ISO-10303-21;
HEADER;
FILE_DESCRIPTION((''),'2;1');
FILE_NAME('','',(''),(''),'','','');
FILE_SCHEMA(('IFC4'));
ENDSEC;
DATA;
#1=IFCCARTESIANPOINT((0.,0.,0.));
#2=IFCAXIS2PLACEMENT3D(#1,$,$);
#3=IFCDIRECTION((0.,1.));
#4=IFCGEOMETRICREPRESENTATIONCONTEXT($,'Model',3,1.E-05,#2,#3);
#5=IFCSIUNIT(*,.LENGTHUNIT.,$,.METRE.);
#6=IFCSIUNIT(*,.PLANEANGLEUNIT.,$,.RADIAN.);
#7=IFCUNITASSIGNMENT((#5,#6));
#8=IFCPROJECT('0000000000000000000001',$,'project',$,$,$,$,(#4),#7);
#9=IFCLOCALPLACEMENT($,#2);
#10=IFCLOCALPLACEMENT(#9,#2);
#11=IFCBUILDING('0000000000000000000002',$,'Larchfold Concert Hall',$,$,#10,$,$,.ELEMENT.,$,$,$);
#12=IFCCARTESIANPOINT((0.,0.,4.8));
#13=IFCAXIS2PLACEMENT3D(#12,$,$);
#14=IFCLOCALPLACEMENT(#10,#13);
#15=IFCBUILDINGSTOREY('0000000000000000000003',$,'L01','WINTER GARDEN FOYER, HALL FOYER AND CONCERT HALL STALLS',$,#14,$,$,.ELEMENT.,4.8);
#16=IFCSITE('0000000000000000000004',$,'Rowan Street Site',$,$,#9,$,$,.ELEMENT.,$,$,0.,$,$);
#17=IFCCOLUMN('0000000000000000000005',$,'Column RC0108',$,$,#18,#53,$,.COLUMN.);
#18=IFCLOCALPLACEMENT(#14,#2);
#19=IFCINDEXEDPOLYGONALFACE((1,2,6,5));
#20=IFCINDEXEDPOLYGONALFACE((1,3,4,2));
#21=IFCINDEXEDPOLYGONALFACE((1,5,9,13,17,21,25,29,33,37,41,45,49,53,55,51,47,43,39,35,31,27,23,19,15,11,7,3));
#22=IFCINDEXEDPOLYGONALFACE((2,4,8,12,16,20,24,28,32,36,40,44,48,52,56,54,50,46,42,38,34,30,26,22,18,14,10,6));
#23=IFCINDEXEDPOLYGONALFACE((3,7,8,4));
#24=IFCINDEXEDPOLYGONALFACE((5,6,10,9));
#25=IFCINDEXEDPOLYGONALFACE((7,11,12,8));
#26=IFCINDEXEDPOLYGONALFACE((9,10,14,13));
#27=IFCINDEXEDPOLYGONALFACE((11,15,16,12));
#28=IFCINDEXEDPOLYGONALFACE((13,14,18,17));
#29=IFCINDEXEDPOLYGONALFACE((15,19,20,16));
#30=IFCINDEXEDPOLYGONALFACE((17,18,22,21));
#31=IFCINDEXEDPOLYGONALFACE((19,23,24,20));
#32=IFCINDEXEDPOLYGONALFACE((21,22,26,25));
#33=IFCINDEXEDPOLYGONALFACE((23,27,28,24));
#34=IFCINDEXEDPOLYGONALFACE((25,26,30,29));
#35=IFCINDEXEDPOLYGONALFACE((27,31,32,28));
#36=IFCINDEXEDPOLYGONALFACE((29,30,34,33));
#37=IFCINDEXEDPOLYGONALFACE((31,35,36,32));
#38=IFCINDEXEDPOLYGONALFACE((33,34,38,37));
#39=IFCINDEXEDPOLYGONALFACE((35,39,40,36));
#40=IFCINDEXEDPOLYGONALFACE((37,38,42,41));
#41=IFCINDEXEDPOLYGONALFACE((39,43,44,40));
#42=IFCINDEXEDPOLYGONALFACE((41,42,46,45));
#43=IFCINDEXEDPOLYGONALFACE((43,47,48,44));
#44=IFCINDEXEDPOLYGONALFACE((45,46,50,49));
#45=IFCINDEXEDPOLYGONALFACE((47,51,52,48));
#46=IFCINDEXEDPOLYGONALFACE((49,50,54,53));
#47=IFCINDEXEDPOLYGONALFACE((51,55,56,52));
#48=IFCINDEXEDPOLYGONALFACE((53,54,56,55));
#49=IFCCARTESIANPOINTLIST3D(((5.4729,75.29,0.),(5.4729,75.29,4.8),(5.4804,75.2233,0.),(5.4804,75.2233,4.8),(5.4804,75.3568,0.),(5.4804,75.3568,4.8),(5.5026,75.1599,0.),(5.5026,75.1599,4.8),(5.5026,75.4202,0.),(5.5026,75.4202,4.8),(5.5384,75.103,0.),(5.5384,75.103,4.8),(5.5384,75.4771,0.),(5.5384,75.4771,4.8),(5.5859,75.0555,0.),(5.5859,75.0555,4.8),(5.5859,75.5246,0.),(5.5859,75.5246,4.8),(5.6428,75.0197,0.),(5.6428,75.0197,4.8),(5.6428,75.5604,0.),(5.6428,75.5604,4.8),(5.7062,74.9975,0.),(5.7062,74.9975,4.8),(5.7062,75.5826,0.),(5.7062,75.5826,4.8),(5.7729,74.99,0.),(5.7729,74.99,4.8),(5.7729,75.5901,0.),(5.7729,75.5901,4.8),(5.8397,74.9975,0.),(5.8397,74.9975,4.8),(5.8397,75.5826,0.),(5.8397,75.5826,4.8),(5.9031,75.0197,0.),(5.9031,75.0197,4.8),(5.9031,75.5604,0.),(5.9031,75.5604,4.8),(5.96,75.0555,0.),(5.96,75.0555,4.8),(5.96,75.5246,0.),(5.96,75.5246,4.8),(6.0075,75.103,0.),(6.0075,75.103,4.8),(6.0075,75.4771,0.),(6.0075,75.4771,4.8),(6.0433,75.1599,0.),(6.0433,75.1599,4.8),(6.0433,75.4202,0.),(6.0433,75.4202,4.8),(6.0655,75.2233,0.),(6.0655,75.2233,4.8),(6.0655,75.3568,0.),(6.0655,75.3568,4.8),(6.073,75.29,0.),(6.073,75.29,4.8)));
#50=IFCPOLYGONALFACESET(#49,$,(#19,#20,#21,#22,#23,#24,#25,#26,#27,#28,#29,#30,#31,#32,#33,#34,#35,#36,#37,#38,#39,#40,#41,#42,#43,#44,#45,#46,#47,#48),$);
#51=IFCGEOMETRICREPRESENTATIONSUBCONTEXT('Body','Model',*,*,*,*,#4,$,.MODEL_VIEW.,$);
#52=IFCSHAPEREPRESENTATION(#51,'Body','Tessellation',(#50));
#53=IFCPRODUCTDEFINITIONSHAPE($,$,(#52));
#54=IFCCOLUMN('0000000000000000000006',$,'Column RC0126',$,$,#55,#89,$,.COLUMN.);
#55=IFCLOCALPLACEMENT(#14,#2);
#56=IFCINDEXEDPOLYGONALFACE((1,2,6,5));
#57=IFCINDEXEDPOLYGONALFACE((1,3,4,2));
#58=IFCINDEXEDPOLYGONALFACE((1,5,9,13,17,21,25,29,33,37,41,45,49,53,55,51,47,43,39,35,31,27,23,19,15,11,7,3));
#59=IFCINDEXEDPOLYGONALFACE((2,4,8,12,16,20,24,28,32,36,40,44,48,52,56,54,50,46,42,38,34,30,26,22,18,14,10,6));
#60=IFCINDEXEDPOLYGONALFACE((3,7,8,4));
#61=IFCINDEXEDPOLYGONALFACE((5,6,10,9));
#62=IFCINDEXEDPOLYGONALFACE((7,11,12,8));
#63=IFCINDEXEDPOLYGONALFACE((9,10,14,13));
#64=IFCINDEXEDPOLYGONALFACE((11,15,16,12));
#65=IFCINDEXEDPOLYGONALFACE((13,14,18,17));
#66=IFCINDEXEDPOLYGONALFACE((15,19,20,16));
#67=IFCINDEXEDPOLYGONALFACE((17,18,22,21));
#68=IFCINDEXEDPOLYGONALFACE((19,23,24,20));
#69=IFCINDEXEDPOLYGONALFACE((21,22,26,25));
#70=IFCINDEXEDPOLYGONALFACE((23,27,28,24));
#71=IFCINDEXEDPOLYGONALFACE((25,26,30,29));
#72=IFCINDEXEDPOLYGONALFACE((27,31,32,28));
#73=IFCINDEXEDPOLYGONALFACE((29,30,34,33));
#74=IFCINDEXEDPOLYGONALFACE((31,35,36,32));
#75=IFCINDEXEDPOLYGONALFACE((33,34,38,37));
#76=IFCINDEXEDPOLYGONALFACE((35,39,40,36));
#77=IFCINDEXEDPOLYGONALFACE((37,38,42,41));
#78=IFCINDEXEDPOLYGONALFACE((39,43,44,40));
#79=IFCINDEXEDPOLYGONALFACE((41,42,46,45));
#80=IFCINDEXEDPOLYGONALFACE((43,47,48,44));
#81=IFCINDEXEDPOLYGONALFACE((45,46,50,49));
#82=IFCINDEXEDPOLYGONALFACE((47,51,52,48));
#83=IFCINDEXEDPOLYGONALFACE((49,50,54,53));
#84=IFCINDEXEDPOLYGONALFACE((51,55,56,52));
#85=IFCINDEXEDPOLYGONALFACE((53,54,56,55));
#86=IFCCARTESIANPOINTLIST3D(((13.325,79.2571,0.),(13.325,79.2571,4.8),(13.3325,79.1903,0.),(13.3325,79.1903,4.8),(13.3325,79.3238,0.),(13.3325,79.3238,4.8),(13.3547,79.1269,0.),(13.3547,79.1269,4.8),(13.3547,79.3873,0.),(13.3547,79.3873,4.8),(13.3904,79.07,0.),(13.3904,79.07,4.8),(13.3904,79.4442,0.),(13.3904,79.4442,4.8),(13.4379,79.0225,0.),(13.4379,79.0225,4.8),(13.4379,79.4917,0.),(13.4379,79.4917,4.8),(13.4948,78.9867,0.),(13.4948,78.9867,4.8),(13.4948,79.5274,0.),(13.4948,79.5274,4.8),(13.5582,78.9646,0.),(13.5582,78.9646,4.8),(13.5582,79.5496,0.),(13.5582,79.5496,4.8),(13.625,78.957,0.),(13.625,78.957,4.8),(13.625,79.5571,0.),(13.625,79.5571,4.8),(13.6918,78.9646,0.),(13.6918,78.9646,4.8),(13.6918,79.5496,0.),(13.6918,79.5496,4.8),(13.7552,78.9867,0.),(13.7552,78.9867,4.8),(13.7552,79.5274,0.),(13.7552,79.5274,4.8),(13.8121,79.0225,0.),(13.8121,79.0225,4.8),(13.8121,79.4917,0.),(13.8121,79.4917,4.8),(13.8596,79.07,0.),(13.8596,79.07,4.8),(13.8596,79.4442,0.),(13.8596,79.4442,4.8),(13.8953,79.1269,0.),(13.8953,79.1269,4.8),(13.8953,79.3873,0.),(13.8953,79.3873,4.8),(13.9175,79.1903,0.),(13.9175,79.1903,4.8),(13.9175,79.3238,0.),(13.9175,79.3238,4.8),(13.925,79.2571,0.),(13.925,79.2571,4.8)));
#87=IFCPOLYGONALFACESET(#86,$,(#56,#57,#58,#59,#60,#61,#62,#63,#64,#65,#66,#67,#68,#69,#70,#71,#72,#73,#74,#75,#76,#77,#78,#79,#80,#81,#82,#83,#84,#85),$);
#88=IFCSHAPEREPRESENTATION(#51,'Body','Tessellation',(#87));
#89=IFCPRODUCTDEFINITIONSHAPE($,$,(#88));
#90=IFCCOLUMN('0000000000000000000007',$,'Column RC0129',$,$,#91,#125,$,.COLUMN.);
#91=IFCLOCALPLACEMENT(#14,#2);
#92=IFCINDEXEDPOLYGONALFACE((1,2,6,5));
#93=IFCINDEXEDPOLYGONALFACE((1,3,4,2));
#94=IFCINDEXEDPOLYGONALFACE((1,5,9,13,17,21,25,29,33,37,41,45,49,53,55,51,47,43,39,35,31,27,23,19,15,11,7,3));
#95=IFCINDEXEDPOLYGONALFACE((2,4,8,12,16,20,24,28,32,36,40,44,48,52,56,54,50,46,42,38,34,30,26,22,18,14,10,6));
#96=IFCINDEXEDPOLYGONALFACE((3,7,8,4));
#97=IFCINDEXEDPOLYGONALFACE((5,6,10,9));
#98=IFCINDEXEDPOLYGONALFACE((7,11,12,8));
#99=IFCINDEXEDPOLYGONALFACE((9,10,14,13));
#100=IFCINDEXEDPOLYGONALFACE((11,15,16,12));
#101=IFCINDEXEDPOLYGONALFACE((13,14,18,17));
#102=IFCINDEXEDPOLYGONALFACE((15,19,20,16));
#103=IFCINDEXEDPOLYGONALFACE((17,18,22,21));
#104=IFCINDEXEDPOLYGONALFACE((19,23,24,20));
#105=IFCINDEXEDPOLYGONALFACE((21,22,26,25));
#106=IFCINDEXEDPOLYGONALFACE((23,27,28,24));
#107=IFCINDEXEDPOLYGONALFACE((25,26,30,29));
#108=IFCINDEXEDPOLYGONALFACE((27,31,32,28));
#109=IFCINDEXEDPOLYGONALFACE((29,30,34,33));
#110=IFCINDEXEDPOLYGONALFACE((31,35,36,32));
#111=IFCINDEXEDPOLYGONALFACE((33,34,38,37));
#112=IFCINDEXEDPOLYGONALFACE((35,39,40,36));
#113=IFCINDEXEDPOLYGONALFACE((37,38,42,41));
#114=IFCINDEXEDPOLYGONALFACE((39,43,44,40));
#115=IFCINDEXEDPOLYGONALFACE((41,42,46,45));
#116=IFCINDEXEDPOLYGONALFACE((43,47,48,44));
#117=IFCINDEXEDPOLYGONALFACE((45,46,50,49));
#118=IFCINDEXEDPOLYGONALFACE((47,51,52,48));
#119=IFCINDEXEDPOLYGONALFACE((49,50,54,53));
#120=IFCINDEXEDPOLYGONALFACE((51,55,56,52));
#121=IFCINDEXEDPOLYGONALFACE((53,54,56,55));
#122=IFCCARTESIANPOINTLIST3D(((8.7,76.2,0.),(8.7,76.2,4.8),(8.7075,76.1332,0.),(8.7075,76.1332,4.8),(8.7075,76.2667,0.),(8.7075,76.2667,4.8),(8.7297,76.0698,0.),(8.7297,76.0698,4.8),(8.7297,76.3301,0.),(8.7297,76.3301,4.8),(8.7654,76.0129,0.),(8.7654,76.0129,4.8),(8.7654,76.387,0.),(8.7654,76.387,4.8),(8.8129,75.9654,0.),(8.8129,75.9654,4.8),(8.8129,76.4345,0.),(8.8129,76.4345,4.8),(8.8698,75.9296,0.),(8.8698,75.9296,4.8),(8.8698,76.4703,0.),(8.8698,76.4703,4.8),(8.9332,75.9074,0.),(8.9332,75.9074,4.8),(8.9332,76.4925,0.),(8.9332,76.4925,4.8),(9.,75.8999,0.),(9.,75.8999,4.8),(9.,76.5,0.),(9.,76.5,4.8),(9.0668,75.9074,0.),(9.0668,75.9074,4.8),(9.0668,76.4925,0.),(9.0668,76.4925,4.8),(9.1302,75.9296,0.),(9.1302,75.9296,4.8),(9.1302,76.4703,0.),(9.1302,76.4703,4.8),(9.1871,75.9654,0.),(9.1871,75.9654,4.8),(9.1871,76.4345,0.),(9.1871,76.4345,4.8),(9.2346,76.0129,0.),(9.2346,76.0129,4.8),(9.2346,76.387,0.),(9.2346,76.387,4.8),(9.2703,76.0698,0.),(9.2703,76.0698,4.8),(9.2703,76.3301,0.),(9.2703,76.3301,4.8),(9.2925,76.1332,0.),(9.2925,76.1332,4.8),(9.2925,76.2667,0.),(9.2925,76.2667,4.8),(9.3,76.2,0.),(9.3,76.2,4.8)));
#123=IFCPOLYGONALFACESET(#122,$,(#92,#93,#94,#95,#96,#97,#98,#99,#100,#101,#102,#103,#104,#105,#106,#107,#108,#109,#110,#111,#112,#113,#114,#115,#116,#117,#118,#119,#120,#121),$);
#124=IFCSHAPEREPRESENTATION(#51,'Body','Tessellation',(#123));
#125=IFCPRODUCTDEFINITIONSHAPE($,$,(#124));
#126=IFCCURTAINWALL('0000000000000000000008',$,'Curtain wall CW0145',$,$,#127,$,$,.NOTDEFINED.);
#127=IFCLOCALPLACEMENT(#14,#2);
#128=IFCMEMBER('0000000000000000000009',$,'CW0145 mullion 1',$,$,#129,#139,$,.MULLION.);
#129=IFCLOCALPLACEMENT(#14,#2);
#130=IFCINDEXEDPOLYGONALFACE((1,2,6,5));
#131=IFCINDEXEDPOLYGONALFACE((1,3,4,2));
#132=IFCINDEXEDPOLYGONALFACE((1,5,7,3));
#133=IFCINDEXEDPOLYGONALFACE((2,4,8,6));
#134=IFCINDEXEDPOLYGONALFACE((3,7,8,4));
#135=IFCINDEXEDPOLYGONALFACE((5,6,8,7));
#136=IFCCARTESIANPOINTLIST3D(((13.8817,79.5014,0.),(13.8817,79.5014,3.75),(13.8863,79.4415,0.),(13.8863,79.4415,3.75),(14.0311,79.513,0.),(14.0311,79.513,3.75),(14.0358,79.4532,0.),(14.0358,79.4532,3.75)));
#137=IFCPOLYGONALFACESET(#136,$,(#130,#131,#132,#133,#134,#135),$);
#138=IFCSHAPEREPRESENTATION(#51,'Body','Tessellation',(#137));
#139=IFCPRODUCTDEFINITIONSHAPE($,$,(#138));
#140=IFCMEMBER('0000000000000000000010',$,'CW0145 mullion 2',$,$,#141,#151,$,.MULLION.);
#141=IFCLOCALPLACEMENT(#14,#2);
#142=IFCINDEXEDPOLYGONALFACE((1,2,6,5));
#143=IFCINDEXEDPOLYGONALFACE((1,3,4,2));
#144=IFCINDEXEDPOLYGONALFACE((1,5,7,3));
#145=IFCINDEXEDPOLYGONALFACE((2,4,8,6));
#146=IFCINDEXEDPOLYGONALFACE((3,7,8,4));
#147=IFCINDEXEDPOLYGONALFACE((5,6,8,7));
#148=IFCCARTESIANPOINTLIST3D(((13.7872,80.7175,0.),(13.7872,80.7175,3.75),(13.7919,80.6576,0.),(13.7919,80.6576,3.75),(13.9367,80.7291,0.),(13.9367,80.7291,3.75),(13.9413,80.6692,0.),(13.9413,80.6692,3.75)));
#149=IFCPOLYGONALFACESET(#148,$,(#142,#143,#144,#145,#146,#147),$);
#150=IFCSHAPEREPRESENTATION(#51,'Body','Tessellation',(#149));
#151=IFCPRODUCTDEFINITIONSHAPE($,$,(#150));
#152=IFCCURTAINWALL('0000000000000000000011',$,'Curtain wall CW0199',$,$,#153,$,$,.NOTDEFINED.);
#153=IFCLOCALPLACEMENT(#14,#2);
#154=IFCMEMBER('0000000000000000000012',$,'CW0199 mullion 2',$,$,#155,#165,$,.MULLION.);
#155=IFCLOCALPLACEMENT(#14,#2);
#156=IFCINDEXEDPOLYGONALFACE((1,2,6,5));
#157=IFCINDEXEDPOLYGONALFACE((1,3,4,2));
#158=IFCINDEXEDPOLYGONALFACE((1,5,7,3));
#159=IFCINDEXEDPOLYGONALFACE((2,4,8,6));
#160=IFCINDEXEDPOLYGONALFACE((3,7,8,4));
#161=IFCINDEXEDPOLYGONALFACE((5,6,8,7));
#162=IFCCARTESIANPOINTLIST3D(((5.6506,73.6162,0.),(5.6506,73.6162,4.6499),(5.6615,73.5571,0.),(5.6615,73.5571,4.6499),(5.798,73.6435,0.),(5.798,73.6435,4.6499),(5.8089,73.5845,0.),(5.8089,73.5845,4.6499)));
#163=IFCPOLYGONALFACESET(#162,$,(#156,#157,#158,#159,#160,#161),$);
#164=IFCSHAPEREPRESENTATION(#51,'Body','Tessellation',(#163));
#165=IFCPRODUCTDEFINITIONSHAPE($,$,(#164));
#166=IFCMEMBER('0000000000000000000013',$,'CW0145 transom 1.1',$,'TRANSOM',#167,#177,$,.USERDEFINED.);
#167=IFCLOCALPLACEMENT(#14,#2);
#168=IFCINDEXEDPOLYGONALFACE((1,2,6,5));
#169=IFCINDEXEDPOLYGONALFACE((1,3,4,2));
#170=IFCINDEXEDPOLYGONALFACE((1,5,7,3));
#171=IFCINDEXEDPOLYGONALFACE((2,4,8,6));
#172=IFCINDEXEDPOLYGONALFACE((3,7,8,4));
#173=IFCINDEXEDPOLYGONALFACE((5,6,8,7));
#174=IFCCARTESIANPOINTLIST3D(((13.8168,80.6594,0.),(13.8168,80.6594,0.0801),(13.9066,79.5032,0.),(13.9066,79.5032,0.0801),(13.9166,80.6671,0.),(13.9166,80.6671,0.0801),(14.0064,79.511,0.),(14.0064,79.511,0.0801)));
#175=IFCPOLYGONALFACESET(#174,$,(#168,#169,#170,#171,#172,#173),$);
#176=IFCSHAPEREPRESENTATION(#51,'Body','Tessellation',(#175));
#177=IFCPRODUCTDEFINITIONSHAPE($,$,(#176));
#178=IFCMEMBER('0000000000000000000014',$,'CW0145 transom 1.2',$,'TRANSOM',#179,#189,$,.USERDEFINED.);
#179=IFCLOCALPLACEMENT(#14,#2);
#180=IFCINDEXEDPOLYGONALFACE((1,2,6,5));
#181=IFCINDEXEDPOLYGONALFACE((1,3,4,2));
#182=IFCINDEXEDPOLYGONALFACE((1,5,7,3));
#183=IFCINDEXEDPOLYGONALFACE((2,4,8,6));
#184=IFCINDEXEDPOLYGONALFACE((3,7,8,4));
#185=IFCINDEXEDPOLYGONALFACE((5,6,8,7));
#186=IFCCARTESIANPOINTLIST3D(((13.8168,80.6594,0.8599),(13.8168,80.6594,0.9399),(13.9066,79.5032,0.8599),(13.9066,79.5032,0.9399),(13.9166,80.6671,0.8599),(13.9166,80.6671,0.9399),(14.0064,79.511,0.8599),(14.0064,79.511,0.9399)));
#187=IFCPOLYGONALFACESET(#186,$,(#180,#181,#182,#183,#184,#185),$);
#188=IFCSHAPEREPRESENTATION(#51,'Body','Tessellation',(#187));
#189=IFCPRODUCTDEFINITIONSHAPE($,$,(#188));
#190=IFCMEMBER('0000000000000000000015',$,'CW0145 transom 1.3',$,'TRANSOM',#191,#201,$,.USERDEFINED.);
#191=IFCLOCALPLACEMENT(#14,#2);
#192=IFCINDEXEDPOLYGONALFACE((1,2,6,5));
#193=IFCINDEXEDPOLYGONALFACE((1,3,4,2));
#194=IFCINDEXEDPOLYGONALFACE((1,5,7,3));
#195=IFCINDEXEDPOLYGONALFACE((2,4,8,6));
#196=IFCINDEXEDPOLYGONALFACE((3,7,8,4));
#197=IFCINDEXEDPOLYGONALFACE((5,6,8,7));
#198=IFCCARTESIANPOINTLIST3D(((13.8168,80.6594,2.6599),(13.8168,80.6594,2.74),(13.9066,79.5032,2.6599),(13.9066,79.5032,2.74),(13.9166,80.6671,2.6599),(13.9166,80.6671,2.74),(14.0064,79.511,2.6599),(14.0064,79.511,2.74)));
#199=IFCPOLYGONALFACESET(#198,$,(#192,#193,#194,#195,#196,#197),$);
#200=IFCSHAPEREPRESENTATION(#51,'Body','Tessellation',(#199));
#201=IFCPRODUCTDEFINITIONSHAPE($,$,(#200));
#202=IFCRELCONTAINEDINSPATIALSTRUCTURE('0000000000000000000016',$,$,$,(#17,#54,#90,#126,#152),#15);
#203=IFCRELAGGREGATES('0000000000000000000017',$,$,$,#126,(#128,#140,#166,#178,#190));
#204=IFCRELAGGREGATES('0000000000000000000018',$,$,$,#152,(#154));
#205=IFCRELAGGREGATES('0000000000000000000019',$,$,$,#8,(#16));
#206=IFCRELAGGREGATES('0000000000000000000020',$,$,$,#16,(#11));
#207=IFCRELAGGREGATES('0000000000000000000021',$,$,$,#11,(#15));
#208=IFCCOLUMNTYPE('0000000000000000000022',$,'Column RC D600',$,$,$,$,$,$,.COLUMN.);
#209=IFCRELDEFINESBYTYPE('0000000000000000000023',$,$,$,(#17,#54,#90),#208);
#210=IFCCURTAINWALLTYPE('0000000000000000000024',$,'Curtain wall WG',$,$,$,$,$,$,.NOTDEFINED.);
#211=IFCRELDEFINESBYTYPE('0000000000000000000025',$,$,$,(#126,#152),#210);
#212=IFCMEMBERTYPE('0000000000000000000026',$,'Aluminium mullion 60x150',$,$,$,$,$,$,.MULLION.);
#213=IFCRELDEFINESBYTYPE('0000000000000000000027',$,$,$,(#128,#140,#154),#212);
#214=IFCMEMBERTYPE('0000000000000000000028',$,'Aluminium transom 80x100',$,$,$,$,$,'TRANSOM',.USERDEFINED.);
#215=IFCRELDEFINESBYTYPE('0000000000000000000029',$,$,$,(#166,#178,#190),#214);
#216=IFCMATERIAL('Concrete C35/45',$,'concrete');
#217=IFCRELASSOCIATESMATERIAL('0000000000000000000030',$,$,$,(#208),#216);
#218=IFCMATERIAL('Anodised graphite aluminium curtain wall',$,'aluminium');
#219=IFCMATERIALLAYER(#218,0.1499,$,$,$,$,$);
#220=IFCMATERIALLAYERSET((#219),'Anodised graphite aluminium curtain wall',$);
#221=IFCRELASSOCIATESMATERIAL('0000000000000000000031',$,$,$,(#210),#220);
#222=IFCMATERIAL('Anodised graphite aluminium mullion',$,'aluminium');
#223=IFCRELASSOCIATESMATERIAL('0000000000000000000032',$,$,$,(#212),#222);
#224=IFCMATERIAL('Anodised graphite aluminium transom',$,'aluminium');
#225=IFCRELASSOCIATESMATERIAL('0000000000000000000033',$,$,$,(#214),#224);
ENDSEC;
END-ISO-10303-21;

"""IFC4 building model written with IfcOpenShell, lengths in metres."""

from ifc_helpers import new_model, si_unit, direction, frame, origin, origin_2d, place, context, subcontext, project, spatial, rectangle, circle, extrude, material, layer, layer_set, material_profile, profile_set, type_object, element, aggregate, save


model = new_model("IFC4")

# Units and contexts
model_context = context("Model", 3, precision=1e-05, world=origin(), true_north=direction((0.0, 1.0)))
body_context = subcontext(model_context, "Body", "Model", "MODEL_VIEW")
ifc_project = project(units=[si_unit("LENGTHUNIT", "METRE"), si_unit("PLANEANGLEUNIT", "RADIAN")], contexts=[model_context])

# Site, building, storey
site_placement = place(None, origin())
site = spatial("IfcSite", under=ifc_project, at=site_placement, Name="Rowan Street Site", CompositionType="ELEMENT", RefElevation=0.0)
building_placement = place(site_placement, origin())
building = spatial("IfcBuilding", under=site, at=building_placement, Name="Larchfold Concert Hall", CompositionType="ELEMENT")
storey_placement = place(building_placement, frame((0.0, 0.0, 4.8)))
storey = spatial("IfcBuildingStorey", under=building, at=storey_placement, Name="L01", Description="WINTER GARDEN FOYER, HALL FOYER AND CONCERT HALL STALLS", CompositionType="ELEMENT", Elevation=4.8)

# Columns
ifc_material_1 = material(Name="Concrete C35/45", Category="concrete")
ifc_material_profile_1 = material_profile(ifc_material_1, circle(Radius=0.3, at=origin_2d()))
ifc_profile_set_1 = profile_set([ifc_material_profile_1], Name="Concrete C35/45")
column_type = type_object("IfcColumnType", Name="Column RC D600", PredefinedType="COLUMN", material=ifc_profile_set_1)
for number, where, z_axis, x_axis, name in (
    (1, (5.7729, 75.29, 0.0), (0.0, 0.0, 1.0), (1.0, 0.0, 0.0), "Column RC0108"),
    (2, (13.625, 79.2571, 0.0), (0.0, 0.0, 1.0), (1.0, 0.0, 0.0), "Column RC0126"),
    (3, (9.0, 76.2, 0.0), (0.0, 0.0, 1.0), (1.0, 0.0, 0.0), "Column RC0129"),
):
    element("IfcColumn", number, at=place(storey_placement, frame(where, z_axis=z_axis, x_axis=x_axis)), inside=storey, type_object=column_type, Name=name, PredefinedType="COLUMN", context=body_context, shape_type="SweptSolid", body=[
        extrude(circle(Radius=0.3, at=origin_2d()), origin(), (0.0, 0.0, 1.0), 4.8),
    ])

# Curtain wall, members
ifc_material_2 = material(Name="Anodised graphite aluminium curtain wall", Category="aluminium")
ifc_layer_1 = layer(ifc_material_2, 0.1499)
ifc_layer_set_1 = layer_set([ifc_layer_1], Name="Anodised graphite aluminium curtain wall")
curtain_wall_type = type_object("IfcCurtainWallType", Name="Curtain wall WG", PredefinedType="NOTDEFINED", material=ifc_layer_set_1)
curtain_wall_1_placement = place(storey_placement, origin())
curtain_wall_1 = element("IfcCurtainWall", 4, at=curtain_wall_1_placement, inside=storey, type_object=curtain_wall_type, Name="Curtain wall CW0145", PredefinedType="NOTDEFINED")
ifc_material_3 = material(Name="Anodised graphite aluminium mullion", Category="aluminium")
ifc_material_profile_2 = material_profile(ifc_material_3, rectangle(XDim=0.1499, YDim=0.0601, at=origin_2d()))
ifc_profile_set_2 = profile_set([ifc_material_profile_2], Name="Anodised graphite aluminium mullion")
member_type_1 = type_object("IfcMemberType", Name="Aluminium mullion 60x150", PredefinedType="MULLION", material=ifc_profile_set_2)
member_1_placement = place(storey_placement, frame((13.9587, 79.4773, 0.0), z_axis=(0.0, 0.0, 1.0), x_axis=(-0.996989, -0.077548, 0.0)))
member_1 = element("IfcMember", 5, at=member_1_placement, type_object=member_type_1, Name="CW0145 mullion 1", PredefinedType="MULLION", context=body_context, shape_type="SweptSolid", body=[
    extrude(rectangle(XDim=0.1499, YDim=0.0601, at=origin_2d()), origin(), (0.0, 0.0, 1.0), 3.75),
])
member_2_placement = place(storey_placement, frame((13.8643, 80.6934, 0.0), z_axis=(0.0, 0.0, 1.0), x_axis=(-0.996989, -0.077548, 0.0)))
member_2 = element("IfcMember", 6, at=member_2_placement, type_object=member_type_1, Name="CW0145 mullion 2", PredefinedType="MULLION", context=body_context, shape_type="SweptSolid", body=[
    extrude(rectangle(XDim=0.1499, YDim=0.0601, at=origin_2d()), origin(), (0.0, 0.0, 1.0), 3.75),
])

# Curtain wall, member
curtain_wall_2_placement = place(storey_placement, origin())
curtain_wall_2 = element("IfcCurtainWall", 7, at=curtain_wall_2_placement, inside=storey, type_object=curtain_wall_type, Name="Curtain wall CW0199", PredefinedType="NOTDEFINED")
member_3_placement = place(storey_placement, frame((5.7297, 73.6003, 0.0), z_axis=(0.0, 0.0, 1.0), x_axis=(0.983231, 0.182367, 0.0)))
member_3 = element("IfcMember", 8, at=member_3_placement, type_object=member_type_1, Name="CW0199 mullion 2", PredefinedType="MULLION", context=body_context, shape_type="SweptSolid", body=[
    extrude(rectangle(XDim=0.1499, YDim=0.0601, at=origin_2d()), origin(), (0.0, 0.0, 1.0), 4.6499),
])

# Members
ifc_material_4 = material(Name="Anodised graphite aluminium transom", Category="aluminium")
ifc_material_profile_3 = material_profile(ifc_material_4, rectangle(XDim=0.1001, YDim=0.0801, at=origin_2d()))
ifc_profile_set_3 = profile_set([ifc_material_profile_3], Name="Anodised graphite aluminium transom")
member_type_2 = type_object("IfcMemberType", Name="Aluminium transom 80x100", ElementType="TRANSOM", PredefinedType="USERDEFINED", material=ifc_profile_set_3)
member_4_placement = place(storey_placement, frame((13.9565, 79.5071, 0.04), z_axis=(-0.077469, 0.996995, 0.0), x_axis=(-0.996995, -0.077469, 0.0)))
member_4 = element("IfcMember", 9, at=member_4_placement, type_object=member_type_2, Name="CW0145 transom 1.1", ObjectType="TRANSOM", PredefinedType="USERDEFINED", context=body_context, shape_type="SweptSolid", body=[
    extrude(rectangle(XDim=0.1001, YDim=0.0801, at=origin_2d()), origin(), (0.0, 0.0, 1.0), 1.1597),
])
member_5_placement = place(storey_placement, frame((13.9565, 79.5071, 0.8999), z_axis=(-0.077469, 0.996995, 0.0), x_axis=(-0.996995, -0.077469, 0.0)))
member_5 = element("IfcMember", 10, at=member_5_placement, type_object=member_type_2, Name="CW0145 transom 1.2", ObjectType="TRANSOM", PredefinedType="USERDEFINED", context=body_context, shape_type="SweptSolid", body=[
    extrude(rectangle(XDim=0.1001, YDim=0.0801, at=origin_2d()), origin(), (0.0, 0.0, 1.0), 1.1597),
])
member_6_placement = place(storey_placement, frame((13.9565, 79.5071, 2.7), z_axis=(-0.077469, 0.996995, 0.0), x_axis=(-0.996995, -0.077469, 0.0)))
member_6 = element("IfcMember", 11, at=member_6_placement, type_object=member_type_2, Name="CW0145 transom 1.3", ObjectType="TRANSOM", PredefinedType="USERDEFINED", context=body_context, shape_type="SweptSolid", body=[
    extrude(rectangle(XDim=0.1001, YDim=0.0801, at=origin_2d()), origin(), (0.0, 0.0, 1.0), 1.1597),
])

aggregate(curtain_wall_1, [member_1, member_2, member_4, member_5, member_6])
aggregate(curtain_wall_2, [member_3])

save(model, "model.ifc")
